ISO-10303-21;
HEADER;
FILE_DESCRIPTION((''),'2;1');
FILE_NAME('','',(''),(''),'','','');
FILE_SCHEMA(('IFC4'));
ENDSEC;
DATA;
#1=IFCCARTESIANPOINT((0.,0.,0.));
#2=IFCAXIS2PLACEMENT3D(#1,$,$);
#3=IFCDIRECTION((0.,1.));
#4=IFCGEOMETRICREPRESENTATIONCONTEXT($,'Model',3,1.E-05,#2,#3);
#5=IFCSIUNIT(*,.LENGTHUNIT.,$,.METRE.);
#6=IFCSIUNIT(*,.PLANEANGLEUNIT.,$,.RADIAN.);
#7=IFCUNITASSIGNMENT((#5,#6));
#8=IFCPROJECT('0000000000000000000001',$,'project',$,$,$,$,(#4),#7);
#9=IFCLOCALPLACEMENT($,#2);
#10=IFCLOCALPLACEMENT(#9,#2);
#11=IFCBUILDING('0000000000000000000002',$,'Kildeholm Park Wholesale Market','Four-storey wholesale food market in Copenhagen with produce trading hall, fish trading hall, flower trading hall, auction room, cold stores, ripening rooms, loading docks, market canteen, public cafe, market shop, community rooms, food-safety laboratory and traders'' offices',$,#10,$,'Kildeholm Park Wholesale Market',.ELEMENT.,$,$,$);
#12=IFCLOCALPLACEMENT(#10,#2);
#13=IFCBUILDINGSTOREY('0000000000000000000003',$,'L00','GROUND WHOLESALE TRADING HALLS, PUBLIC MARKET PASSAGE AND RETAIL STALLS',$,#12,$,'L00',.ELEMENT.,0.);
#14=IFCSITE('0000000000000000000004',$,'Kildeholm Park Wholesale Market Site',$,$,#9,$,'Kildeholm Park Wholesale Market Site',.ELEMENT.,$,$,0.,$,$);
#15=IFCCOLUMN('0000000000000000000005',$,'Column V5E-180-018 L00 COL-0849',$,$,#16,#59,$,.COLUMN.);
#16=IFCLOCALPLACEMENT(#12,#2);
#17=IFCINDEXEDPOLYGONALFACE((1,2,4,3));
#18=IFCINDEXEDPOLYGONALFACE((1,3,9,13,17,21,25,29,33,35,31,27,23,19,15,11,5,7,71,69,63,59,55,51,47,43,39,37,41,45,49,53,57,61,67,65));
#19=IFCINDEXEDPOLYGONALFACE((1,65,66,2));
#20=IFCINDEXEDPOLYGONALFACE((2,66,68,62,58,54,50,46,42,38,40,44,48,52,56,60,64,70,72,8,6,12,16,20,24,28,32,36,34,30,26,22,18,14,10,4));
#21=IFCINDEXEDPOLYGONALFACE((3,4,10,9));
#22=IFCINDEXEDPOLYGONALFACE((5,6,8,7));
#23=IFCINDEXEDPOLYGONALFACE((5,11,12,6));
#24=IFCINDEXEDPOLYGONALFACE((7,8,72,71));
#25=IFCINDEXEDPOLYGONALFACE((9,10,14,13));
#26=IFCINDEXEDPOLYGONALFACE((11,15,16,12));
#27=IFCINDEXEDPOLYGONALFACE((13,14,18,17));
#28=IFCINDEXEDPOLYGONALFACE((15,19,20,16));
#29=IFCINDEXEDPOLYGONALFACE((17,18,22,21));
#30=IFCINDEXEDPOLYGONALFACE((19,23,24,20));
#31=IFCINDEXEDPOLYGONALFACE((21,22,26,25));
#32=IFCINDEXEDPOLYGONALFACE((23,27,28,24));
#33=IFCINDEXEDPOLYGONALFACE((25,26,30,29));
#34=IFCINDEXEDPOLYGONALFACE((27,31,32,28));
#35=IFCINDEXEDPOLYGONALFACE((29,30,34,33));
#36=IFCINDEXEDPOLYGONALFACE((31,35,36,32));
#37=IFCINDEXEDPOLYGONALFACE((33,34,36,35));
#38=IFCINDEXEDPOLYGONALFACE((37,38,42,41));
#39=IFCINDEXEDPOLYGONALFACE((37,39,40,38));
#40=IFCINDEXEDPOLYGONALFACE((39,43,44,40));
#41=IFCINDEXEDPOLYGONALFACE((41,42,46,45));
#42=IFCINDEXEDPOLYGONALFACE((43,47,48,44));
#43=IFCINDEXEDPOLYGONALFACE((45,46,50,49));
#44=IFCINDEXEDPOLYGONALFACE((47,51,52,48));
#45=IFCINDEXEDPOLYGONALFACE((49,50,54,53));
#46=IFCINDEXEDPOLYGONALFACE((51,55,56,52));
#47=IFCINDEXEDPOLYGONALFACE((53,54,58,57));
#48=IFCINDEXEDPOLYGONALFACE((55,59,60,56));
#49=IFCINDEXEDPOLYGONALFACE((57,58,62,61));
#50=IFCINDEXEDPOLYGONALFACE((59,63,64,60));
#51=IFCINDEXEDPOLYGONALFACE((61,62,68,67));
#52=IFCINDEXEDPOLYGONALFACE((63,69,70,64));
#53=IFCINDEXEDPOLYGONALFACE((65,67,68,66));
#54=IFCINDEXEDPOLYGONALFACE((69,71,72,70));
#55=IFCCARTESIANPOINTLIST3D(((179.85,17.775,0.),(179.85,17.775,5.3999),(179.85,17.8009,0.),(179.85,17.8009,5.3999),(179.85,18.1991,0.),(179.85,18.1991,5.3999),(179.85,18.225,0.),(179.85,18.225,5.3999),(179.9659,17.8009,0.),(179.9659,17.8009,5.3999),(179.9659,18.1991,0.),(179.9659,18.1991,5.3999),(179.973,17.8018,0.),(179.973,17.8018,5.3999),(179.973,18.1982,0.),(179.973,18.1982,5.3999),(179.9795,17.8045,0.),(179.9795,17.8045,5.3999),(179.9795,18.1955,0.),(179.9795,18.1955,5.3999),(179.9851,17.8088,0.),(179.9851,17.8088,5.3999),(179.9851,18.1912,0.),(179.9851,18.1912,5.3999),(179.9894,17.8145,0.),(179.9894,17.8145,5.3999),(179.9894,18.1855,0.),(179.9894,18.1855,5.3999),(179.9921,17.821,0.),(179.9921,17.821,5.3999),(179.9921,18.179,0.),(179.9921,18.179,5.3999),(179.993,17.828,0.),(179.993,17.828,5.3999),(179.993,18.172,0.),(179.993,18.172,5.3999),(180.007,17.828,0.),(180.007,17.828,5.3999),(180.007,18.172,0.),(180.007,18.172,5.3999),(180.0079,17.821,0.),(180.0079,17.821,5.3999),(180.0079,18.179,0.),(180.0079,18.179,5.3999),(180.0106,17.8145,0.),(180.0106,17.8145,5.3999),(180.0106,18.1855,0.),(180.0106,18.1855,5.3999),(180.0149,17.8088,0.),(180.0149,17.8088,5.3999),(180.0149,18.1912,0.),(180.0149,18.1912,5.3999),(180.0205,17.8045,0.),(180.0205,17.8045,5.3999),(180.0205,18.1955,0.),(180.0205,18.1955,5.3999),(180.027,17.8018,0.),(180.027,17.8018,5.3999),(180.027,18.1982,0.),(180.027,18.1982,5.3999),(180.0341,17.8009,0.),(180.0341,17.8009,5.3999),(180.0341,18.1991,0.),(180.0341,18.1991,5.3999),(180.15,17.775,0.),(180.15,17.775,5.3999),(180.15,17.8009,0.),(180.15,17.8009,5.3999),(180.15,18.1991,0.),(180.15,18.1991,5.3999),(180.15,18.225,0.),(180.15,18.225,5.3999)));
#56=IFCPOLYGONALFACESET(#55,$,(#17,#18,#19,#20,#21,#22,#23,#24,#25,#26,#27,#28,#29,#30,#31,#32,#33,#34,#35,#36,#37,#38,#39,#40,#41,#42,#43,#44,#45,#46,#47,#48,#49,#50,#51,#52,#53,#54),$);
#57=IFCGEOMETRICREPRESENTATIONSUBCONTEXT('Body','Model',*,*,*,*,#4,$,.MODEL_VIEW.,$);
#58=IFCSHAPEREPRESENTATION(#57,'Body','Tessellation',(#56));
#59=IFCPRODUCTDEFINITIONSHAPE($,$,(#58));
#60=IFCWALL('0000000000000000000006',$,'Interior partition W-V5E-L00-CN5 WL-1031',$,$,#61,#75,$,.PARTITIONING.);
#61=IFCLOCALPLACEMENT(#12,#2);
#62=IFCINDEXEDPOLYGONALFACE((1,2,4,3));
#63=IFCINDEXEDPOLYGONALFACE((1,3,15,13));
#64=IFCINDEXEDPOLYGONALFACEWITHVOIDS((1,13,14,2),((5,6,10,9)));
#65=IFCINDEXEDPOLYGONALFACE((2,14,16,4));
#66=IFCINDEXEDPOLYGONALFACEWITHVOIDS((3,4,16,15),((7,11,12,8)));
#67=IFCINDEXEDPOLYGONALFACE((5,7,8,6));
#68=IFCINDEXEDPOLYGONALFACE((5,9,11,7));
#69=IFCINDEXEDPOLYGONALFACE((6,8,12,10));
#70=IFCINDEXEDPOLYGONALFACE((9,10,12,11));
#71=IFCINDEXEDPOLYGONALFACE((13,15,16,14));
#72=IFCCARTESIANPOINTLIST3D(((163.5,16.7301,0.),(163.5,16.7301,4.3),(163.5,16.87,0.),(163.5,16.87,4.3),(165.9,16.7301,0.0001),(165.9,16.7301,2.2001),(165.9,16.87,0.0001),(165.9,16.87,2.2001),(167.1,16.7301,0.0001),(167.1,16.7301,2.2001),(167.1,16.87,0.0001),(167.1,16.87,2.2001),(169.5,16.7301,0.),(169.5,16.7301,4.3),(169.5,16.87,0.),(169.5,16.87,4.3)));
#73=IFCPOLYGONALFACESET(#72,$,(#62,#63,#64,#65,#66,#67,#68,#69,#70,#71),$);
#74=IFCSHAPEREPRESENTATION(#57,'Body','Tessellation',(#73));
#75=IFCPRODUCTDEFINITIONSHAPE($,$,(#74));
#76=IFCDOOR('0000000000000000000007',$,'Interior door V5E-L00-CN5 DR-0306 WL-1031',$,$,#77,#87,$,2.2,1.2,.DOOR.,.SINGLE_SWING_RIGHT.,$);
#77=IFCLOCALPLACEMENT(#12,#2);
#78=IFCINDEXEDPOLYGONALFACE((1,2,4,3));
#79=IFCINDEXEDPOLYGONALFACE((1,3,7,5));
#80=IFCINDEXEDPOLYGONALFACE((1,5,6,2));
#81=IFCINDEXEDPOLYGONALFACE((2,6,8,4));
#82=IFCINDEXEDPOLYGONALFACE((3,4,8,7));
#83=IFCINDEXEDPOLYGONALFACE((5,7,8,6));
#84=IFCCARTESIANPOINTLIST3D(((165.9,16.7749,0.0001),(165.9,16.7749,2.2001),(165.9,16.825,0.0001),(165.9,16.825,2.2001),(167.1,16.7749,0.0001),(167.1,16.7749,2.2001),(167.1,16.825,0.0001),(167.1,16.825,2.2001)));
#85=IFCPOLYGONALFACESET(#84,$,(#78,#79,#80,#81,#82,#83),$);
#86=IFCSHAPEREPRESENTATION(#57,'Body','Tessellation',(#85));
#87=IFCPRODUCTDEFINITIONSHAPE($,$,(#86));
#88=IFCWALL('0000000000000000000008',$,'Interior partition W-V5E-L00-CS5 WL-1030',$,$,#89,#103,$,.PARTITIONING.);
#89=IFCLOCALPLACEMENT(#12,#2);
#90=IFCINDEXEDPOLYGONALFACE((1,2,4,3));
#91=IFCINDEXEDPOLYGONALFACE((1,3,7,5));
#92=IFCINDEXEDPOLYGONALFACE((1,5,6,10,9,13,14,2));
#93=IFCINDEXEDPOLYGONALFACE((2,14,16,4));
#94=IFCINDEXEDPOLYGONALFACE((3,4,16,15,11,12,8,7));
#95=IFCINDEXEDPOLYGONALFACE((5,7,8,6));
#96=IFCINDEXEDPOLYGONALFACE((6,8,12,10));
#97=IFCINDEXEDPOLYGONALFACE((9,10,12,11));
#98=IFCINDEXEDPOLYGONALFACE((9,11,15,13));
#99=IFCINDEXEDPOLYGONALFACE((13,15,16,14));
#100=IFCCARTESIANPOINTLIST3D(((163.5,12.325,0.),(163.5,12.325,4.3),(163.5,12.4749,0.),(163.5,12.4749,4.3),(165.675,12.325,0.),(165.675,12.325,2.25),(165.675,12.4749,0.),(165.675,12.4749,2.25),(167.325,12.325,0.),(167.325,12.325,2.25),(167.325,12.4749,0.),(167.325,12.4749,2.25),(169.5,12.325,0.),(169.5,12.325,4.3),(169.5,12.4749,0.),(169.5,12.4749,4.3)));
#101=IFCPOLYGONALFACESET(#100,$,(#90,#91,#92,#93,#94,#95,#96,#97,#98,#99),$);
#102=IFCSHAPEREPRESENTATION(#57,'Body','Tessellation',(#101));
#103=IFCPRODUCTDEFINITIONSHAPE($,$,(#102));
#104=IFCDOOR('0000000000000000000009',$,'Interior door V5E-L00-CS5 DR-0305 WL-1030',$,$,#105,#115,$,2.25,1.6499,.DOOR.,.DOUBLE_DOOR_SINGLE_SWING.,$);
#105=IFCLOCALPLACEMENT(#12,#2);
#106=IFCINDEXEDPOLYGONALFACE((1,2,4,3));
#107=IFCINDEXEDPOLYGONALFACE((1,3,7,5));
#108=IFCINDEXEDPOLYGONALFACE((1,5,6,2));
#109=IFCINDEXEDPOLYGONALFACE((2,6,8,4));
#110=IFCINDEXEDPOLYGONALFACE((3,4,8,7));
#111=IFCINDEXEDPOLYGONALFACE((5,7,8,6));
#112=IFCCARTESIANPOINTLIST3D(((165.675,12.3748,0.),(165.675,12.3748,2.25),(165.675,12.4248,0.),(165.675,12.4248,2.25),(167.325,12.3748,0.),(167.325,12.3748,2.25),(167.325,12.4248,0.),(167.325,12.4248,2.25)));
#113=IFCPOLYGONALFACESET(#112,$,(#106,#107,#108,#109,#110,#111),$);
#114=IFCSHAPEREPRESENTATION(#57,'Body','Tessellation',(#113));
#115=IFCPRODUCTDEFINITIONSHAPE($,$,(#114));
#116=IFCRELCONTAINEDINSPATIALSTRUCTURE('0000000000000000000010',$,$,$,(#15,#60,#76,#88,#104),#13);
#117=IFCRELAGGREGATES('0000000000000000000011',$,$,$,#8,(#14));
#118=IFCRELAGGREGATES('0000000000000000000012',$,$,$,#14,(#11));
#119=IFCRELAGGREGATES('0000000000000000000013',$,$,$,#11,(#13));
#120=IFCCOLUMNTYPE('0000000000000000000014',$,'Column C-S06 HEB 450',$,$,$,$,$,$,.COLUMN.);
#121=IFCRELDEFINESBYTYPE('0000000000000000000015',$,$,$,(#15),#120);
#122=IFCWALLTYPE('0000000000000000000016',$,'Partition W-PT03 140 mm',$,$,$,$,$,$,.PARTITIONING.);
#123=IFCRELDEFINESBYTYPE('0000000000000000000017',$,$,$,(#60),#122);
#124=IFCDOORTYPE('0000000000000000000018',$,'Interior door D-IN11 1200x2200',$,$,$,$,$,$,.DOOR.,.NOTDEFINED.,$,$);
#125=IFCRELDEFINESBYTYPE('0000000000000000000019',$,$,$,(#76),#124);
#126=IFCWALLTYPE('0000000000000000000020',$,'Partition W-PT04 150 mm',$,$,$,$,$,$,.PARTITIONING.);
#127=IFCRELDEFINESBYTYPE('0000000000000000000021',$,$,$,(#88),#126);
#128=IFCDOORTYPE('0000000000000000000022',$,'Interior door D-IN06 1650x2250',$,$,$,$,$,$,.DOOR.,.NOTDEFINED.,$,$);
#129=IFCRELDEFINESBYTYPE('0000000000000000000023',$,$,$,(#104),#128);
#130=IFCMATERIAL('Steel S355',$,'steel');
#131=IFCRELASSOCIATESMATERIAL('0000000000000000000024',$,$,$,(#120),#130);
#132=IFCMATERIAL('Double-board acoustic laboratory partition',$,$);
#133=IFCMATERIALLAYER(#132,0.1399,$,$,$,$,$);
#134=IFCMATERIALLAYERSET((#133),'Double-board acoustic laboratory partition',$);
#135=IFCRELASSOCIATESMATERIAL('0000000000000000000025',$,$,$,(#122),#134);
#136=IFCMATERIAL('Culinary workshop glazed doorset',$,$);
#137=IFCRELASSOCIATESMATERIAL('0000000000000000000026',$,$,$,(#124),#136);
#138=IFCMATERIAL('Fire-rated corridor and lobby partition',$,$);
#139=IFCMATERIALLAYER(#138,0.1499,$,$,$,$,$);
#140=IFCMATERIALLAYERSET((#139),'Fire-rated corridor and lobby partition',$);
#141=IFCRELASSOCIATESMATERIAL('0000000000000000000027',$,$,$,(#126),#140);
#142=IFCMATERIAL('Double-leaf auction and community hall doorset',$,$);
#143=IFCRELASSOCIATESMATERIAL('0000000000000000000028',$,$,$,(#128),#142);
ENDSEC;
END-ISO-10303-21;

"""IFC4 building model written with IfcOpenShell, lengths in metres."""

from ifc_helpers import new_model, si_unit, direction, frame, frame_2d, origin, origin_2d, place, context, subcontext, project, spatial, rectangle, i_section, extrude, material, layer, layer_set, material_profile, profile_set, type_object, element, fill, save


model = new_model("IFC4")

# Units and contexts
model_context = context("Model", 3, precision=1e-05, world=origin(), true_north=direction((0.0, 1.0)))
body_context = subcontext(model_context, "Body", "Model", "MODEL_VIEW")
ifc_project = project(units=[si_unit("LENGTHUNIT", "METRE"), si_unit("PLANEANGLEUNIT", "RADIAN")], contexts=[model_context])

# Site, building, storey
site_placement = place(None, origin())
site = spatial("IfcSite", under=ifc_project, at=site_placement, Name="Kildeholm Park Wholesale Market Site", LongName="Kildeholm Park Wholesale Market Site", CompositionType="ELEMENT", RefElevation=0.0)
building_placement = place(site_placement, origin())
building = spatial("IfcBuilding", under=site, at=building_placement, Name="Kildeholm Park Wholesale Market", Description="Four-storey wholesale food market in Copenhagen with produce trading hall, fish trading hall, flower trading hall, auction room, cold stores, ripening rooms, loading docks, market canteen, public cafe, market shop, community rooms, food-safety laboratory and traders' offices", LongName="Kildeholm Park Wholesale Market", CompositionType="ELEMENT")
storey_placement = place(building_placement, origin())
storey = spatial("IfcBuildingStorey", under=building, at=storey_placement, Name="L00", Description="GROUND WHOLESALE TRADING HALLS, PUBLIC MARKET PASSAGE AND RETAIL STALLS", LongName="L00", CompositionType="ELEMENT", Elevation=0.0)

# Column
ifc_material_1 = material(Name="Steel S355", Category="steel")
ifc_material_profile_1 = material_profile(ifc_material_1, i_section(OverallWidth=0.3, OverallDepth=0.45, WebThickness=0.0139, FlangeThickness=0.0259, FilletRadius=0.0271, at=origin_2d()), Name="HEB 450")
ifc_profile_set_1 = profile_set([ifc_material_profile_1], Name="Steel S355")
column_type = type_object("IfcColumnType", Name="Column C-S06 HEB 450", PredefinedType="COLUMN", material=ifc_profile_set_1)
for number, where, z_axis, x_axis, name in (
    (1, (180.0, 18.0, 0.0), (0.0, 0.0, 1.0), (1.0, 0.0, 0.0), "Column V5E-180-018 L00 COL-0849"),
):
    element("IfcColumn", number, at=place(storey_placement, frame(where, z_axis=z_axis, x_axis=x_axis)), inside=storey, type_object=column_type, Name=name, PredefinedType="COLUMN", context=body_context, shape_type="SweptSolid", body=[
        extrude(i_section(OverallWidth=0.3, OverallDepth=0.45, WebThickness=0.0139, FlangeThickness=0.0259, FilletRadius=0.0271, at=origin_2d()), origin(), (0.0, 0.0, 1.0), 5.3999),
    ])

# Walls, openings, doors
ifc_material_2 = material(Name="Double-board acoustic laboratory partition")
ifc_layer_1 = layer(ifc_material_2, 0.1399)
ifc_layer_set_1 = layer_set([ifc_layer_1], Name="Double-board acoustic laboratory partition")
wall_type_1 = type_object("IfcWallType", Name="Partition W-PT03 140 mm", PredefinedType="PARTITIONING", material=ifc_layer_set_1)
wall_1_placement = place(storey_placement, frame((163.5, 16.8, 0.0), z_axis=(0.0, 0.0, 1.0), x_axis=(1.0, 0.0, 0.0)))
wall_1 = element("IfcWall", 2, at=wall_1_placement, inside=storey, type_object=wall_type_1, Name="Interior partition W-V5E-L00-CN5 WL-1031", PredefinedType="PARTITIONING", context=body_context, shape_type="SweptSolid", body=[
    extrude(rectangle(XDim=6.0, YDim=0.1399, at=frame_2d((3.0, 0.0))), origin(), (0.0, 0.0, 1.0), 4.3),
])
opening_1_placement = place(wall_1_placement, frame((2.3999, 0.0, 0.0)))
opening_1 = element("IfcOpeningElement", 3, at=opening_1_placement, cuts=wall_1, PredefinedType="OPENING", context=body_context, shape_type="SweptSolid", body=[
    extrude(rectangle(XDim=1.2, YDim=2.2, at=frame_2d((0.6001, 1.1001))), frame((0.0, 0.0798, 0.0), z_axis=(0.0, -1.0, 0.0), x_axis=(1.0, 0.0, 0.0)), (0.0, 0.0, 1.0), 0.1599),
])
ifc_material_3 = material(Name="Culinary workshop glazed doorset")
door_type_1 = type_object("IfcDoorType", Name="Interior door D-IN11 1200x2200", OperationType="NOTDEFINED", PredefinedType="DOOR", material=ifc_material_3)
door_1_placement = place(opening_1_placement, origin())
door_1 = element("IfcDoor", 4, at=door_1_placement, inside=storey, type_object=door_type_1, Name="Interior door V5E-L00-CN5 DR-0306 WL-1031", OperationType="SINGLE_SWING_RIGHT", OverallHeight=2.2, OverallWidth=1.2, PredefinedType="DOOR", context=body_context, shape_type="SweptSolid", body=[
    extrude(rectangle(XDim=1.2, YDim=2.2, at=frame_2d((0.6001, 1.1001))), frame((0.0, 0.0249, 0.0), z_axis=(0.0, -1.0, 0.0), x_axis=(1.0, 0.0, 0.0)), (0.0, 0.0, 1.0), 0.05),
])
fill(opening_1, door_1)
ifc_material_4 = material(Name="Fire-rated corridor and lobby partition")
ifc_layer_2 = layer(ifc_material_4, 0.1499)
ifc_layer_set_2 = layer_set([ifc_layer_2], Name="Fire-rated corridor and lobby partition")
wall_type_2 = type_object("IfcWallType", Name="Partition W-PT04 150 mm", PredefinedType="PARTITIONING", material=ifc_layer_set_2)
wall_2_placement = place(storey_placement, frame((163.5, 12.3999, 0.0), z_axis=(0.0, 0.0, 1.0), x_axis=(1.0, 0.0, 0.0)))
wall_2 = element("IfcWall", 5, at=wall_2_placement, inside=storey, type_object=wall_type_2, Name="Interior partition W-V5E-L00-CS5 WL-1030", PredefinedType="PARTITIONING", context=body_context, shape_type="SweptSolid", body=[
    extrude(rectangle(XDim=6.0, YDim=0.1499, at=frame_2d((3.0, 0.0))), origin(), (0.0, 0.0, 1.0), 4.3),
])
opening_2_placement = place(wall_2_placement, frame((2.175, 0.0, 0.0)))
opening_2 = element("IfcOpeningElement", 6, at=opening_2_placement, cuts=wall_2, PredefinedType="OPENING", context=body_context, shape_type="SweptSolid", body=[
    extrude(rectangle(XDim=1.6499, YDim=2.25, at=frame_2d((0.825, 1.125))), frame((0.0, 0.085, 0.0), z_axis=(0.0, -1.0, 0.0), x_axis=(1.0, 0.0, 0.0)), (0.0, 0.0, 1.0), 0.1699),
])
ifc_material_5 = material(Name="Double-leaf auction and community hall doorset")
door_type_2 = type_object("IfcDoorType", Name="Interior door D-IN06 1650x2250", OperationType="NOTDEFINED", PredefinedType="DOOR", material=ifc_material_5)
door_2_placement = place(opening_2_placement, origin())
door_2 = element("IfcDoor", 7, at=door_2_placement, inside=storey, type_object=door_type_2, Name="Interior door V5E-L00-CS5 DR-0305 WL-1030", OperationType="DOUBLE_DOOR_SINGLE_SWING", OverallHeight=2.25, OverallWidth=1.6499, PredefinedType="DOOR", context=body_context, shape_type="SweptSolid", body=[
    extrude(rectangle(XDim=1.6499, YDim=2.25, at=frame_2d((0.825, 1.125))), frame((0.0, 0.0249, 0.0), z_axis=(0.0, -1.0, 0.0), x_axis=(1.0, 0.0, 0.0)), (0.0, 0.0, 1.0), 0.05),
])
fill(opening_2, door_2)

save(model, "model.ifc")
